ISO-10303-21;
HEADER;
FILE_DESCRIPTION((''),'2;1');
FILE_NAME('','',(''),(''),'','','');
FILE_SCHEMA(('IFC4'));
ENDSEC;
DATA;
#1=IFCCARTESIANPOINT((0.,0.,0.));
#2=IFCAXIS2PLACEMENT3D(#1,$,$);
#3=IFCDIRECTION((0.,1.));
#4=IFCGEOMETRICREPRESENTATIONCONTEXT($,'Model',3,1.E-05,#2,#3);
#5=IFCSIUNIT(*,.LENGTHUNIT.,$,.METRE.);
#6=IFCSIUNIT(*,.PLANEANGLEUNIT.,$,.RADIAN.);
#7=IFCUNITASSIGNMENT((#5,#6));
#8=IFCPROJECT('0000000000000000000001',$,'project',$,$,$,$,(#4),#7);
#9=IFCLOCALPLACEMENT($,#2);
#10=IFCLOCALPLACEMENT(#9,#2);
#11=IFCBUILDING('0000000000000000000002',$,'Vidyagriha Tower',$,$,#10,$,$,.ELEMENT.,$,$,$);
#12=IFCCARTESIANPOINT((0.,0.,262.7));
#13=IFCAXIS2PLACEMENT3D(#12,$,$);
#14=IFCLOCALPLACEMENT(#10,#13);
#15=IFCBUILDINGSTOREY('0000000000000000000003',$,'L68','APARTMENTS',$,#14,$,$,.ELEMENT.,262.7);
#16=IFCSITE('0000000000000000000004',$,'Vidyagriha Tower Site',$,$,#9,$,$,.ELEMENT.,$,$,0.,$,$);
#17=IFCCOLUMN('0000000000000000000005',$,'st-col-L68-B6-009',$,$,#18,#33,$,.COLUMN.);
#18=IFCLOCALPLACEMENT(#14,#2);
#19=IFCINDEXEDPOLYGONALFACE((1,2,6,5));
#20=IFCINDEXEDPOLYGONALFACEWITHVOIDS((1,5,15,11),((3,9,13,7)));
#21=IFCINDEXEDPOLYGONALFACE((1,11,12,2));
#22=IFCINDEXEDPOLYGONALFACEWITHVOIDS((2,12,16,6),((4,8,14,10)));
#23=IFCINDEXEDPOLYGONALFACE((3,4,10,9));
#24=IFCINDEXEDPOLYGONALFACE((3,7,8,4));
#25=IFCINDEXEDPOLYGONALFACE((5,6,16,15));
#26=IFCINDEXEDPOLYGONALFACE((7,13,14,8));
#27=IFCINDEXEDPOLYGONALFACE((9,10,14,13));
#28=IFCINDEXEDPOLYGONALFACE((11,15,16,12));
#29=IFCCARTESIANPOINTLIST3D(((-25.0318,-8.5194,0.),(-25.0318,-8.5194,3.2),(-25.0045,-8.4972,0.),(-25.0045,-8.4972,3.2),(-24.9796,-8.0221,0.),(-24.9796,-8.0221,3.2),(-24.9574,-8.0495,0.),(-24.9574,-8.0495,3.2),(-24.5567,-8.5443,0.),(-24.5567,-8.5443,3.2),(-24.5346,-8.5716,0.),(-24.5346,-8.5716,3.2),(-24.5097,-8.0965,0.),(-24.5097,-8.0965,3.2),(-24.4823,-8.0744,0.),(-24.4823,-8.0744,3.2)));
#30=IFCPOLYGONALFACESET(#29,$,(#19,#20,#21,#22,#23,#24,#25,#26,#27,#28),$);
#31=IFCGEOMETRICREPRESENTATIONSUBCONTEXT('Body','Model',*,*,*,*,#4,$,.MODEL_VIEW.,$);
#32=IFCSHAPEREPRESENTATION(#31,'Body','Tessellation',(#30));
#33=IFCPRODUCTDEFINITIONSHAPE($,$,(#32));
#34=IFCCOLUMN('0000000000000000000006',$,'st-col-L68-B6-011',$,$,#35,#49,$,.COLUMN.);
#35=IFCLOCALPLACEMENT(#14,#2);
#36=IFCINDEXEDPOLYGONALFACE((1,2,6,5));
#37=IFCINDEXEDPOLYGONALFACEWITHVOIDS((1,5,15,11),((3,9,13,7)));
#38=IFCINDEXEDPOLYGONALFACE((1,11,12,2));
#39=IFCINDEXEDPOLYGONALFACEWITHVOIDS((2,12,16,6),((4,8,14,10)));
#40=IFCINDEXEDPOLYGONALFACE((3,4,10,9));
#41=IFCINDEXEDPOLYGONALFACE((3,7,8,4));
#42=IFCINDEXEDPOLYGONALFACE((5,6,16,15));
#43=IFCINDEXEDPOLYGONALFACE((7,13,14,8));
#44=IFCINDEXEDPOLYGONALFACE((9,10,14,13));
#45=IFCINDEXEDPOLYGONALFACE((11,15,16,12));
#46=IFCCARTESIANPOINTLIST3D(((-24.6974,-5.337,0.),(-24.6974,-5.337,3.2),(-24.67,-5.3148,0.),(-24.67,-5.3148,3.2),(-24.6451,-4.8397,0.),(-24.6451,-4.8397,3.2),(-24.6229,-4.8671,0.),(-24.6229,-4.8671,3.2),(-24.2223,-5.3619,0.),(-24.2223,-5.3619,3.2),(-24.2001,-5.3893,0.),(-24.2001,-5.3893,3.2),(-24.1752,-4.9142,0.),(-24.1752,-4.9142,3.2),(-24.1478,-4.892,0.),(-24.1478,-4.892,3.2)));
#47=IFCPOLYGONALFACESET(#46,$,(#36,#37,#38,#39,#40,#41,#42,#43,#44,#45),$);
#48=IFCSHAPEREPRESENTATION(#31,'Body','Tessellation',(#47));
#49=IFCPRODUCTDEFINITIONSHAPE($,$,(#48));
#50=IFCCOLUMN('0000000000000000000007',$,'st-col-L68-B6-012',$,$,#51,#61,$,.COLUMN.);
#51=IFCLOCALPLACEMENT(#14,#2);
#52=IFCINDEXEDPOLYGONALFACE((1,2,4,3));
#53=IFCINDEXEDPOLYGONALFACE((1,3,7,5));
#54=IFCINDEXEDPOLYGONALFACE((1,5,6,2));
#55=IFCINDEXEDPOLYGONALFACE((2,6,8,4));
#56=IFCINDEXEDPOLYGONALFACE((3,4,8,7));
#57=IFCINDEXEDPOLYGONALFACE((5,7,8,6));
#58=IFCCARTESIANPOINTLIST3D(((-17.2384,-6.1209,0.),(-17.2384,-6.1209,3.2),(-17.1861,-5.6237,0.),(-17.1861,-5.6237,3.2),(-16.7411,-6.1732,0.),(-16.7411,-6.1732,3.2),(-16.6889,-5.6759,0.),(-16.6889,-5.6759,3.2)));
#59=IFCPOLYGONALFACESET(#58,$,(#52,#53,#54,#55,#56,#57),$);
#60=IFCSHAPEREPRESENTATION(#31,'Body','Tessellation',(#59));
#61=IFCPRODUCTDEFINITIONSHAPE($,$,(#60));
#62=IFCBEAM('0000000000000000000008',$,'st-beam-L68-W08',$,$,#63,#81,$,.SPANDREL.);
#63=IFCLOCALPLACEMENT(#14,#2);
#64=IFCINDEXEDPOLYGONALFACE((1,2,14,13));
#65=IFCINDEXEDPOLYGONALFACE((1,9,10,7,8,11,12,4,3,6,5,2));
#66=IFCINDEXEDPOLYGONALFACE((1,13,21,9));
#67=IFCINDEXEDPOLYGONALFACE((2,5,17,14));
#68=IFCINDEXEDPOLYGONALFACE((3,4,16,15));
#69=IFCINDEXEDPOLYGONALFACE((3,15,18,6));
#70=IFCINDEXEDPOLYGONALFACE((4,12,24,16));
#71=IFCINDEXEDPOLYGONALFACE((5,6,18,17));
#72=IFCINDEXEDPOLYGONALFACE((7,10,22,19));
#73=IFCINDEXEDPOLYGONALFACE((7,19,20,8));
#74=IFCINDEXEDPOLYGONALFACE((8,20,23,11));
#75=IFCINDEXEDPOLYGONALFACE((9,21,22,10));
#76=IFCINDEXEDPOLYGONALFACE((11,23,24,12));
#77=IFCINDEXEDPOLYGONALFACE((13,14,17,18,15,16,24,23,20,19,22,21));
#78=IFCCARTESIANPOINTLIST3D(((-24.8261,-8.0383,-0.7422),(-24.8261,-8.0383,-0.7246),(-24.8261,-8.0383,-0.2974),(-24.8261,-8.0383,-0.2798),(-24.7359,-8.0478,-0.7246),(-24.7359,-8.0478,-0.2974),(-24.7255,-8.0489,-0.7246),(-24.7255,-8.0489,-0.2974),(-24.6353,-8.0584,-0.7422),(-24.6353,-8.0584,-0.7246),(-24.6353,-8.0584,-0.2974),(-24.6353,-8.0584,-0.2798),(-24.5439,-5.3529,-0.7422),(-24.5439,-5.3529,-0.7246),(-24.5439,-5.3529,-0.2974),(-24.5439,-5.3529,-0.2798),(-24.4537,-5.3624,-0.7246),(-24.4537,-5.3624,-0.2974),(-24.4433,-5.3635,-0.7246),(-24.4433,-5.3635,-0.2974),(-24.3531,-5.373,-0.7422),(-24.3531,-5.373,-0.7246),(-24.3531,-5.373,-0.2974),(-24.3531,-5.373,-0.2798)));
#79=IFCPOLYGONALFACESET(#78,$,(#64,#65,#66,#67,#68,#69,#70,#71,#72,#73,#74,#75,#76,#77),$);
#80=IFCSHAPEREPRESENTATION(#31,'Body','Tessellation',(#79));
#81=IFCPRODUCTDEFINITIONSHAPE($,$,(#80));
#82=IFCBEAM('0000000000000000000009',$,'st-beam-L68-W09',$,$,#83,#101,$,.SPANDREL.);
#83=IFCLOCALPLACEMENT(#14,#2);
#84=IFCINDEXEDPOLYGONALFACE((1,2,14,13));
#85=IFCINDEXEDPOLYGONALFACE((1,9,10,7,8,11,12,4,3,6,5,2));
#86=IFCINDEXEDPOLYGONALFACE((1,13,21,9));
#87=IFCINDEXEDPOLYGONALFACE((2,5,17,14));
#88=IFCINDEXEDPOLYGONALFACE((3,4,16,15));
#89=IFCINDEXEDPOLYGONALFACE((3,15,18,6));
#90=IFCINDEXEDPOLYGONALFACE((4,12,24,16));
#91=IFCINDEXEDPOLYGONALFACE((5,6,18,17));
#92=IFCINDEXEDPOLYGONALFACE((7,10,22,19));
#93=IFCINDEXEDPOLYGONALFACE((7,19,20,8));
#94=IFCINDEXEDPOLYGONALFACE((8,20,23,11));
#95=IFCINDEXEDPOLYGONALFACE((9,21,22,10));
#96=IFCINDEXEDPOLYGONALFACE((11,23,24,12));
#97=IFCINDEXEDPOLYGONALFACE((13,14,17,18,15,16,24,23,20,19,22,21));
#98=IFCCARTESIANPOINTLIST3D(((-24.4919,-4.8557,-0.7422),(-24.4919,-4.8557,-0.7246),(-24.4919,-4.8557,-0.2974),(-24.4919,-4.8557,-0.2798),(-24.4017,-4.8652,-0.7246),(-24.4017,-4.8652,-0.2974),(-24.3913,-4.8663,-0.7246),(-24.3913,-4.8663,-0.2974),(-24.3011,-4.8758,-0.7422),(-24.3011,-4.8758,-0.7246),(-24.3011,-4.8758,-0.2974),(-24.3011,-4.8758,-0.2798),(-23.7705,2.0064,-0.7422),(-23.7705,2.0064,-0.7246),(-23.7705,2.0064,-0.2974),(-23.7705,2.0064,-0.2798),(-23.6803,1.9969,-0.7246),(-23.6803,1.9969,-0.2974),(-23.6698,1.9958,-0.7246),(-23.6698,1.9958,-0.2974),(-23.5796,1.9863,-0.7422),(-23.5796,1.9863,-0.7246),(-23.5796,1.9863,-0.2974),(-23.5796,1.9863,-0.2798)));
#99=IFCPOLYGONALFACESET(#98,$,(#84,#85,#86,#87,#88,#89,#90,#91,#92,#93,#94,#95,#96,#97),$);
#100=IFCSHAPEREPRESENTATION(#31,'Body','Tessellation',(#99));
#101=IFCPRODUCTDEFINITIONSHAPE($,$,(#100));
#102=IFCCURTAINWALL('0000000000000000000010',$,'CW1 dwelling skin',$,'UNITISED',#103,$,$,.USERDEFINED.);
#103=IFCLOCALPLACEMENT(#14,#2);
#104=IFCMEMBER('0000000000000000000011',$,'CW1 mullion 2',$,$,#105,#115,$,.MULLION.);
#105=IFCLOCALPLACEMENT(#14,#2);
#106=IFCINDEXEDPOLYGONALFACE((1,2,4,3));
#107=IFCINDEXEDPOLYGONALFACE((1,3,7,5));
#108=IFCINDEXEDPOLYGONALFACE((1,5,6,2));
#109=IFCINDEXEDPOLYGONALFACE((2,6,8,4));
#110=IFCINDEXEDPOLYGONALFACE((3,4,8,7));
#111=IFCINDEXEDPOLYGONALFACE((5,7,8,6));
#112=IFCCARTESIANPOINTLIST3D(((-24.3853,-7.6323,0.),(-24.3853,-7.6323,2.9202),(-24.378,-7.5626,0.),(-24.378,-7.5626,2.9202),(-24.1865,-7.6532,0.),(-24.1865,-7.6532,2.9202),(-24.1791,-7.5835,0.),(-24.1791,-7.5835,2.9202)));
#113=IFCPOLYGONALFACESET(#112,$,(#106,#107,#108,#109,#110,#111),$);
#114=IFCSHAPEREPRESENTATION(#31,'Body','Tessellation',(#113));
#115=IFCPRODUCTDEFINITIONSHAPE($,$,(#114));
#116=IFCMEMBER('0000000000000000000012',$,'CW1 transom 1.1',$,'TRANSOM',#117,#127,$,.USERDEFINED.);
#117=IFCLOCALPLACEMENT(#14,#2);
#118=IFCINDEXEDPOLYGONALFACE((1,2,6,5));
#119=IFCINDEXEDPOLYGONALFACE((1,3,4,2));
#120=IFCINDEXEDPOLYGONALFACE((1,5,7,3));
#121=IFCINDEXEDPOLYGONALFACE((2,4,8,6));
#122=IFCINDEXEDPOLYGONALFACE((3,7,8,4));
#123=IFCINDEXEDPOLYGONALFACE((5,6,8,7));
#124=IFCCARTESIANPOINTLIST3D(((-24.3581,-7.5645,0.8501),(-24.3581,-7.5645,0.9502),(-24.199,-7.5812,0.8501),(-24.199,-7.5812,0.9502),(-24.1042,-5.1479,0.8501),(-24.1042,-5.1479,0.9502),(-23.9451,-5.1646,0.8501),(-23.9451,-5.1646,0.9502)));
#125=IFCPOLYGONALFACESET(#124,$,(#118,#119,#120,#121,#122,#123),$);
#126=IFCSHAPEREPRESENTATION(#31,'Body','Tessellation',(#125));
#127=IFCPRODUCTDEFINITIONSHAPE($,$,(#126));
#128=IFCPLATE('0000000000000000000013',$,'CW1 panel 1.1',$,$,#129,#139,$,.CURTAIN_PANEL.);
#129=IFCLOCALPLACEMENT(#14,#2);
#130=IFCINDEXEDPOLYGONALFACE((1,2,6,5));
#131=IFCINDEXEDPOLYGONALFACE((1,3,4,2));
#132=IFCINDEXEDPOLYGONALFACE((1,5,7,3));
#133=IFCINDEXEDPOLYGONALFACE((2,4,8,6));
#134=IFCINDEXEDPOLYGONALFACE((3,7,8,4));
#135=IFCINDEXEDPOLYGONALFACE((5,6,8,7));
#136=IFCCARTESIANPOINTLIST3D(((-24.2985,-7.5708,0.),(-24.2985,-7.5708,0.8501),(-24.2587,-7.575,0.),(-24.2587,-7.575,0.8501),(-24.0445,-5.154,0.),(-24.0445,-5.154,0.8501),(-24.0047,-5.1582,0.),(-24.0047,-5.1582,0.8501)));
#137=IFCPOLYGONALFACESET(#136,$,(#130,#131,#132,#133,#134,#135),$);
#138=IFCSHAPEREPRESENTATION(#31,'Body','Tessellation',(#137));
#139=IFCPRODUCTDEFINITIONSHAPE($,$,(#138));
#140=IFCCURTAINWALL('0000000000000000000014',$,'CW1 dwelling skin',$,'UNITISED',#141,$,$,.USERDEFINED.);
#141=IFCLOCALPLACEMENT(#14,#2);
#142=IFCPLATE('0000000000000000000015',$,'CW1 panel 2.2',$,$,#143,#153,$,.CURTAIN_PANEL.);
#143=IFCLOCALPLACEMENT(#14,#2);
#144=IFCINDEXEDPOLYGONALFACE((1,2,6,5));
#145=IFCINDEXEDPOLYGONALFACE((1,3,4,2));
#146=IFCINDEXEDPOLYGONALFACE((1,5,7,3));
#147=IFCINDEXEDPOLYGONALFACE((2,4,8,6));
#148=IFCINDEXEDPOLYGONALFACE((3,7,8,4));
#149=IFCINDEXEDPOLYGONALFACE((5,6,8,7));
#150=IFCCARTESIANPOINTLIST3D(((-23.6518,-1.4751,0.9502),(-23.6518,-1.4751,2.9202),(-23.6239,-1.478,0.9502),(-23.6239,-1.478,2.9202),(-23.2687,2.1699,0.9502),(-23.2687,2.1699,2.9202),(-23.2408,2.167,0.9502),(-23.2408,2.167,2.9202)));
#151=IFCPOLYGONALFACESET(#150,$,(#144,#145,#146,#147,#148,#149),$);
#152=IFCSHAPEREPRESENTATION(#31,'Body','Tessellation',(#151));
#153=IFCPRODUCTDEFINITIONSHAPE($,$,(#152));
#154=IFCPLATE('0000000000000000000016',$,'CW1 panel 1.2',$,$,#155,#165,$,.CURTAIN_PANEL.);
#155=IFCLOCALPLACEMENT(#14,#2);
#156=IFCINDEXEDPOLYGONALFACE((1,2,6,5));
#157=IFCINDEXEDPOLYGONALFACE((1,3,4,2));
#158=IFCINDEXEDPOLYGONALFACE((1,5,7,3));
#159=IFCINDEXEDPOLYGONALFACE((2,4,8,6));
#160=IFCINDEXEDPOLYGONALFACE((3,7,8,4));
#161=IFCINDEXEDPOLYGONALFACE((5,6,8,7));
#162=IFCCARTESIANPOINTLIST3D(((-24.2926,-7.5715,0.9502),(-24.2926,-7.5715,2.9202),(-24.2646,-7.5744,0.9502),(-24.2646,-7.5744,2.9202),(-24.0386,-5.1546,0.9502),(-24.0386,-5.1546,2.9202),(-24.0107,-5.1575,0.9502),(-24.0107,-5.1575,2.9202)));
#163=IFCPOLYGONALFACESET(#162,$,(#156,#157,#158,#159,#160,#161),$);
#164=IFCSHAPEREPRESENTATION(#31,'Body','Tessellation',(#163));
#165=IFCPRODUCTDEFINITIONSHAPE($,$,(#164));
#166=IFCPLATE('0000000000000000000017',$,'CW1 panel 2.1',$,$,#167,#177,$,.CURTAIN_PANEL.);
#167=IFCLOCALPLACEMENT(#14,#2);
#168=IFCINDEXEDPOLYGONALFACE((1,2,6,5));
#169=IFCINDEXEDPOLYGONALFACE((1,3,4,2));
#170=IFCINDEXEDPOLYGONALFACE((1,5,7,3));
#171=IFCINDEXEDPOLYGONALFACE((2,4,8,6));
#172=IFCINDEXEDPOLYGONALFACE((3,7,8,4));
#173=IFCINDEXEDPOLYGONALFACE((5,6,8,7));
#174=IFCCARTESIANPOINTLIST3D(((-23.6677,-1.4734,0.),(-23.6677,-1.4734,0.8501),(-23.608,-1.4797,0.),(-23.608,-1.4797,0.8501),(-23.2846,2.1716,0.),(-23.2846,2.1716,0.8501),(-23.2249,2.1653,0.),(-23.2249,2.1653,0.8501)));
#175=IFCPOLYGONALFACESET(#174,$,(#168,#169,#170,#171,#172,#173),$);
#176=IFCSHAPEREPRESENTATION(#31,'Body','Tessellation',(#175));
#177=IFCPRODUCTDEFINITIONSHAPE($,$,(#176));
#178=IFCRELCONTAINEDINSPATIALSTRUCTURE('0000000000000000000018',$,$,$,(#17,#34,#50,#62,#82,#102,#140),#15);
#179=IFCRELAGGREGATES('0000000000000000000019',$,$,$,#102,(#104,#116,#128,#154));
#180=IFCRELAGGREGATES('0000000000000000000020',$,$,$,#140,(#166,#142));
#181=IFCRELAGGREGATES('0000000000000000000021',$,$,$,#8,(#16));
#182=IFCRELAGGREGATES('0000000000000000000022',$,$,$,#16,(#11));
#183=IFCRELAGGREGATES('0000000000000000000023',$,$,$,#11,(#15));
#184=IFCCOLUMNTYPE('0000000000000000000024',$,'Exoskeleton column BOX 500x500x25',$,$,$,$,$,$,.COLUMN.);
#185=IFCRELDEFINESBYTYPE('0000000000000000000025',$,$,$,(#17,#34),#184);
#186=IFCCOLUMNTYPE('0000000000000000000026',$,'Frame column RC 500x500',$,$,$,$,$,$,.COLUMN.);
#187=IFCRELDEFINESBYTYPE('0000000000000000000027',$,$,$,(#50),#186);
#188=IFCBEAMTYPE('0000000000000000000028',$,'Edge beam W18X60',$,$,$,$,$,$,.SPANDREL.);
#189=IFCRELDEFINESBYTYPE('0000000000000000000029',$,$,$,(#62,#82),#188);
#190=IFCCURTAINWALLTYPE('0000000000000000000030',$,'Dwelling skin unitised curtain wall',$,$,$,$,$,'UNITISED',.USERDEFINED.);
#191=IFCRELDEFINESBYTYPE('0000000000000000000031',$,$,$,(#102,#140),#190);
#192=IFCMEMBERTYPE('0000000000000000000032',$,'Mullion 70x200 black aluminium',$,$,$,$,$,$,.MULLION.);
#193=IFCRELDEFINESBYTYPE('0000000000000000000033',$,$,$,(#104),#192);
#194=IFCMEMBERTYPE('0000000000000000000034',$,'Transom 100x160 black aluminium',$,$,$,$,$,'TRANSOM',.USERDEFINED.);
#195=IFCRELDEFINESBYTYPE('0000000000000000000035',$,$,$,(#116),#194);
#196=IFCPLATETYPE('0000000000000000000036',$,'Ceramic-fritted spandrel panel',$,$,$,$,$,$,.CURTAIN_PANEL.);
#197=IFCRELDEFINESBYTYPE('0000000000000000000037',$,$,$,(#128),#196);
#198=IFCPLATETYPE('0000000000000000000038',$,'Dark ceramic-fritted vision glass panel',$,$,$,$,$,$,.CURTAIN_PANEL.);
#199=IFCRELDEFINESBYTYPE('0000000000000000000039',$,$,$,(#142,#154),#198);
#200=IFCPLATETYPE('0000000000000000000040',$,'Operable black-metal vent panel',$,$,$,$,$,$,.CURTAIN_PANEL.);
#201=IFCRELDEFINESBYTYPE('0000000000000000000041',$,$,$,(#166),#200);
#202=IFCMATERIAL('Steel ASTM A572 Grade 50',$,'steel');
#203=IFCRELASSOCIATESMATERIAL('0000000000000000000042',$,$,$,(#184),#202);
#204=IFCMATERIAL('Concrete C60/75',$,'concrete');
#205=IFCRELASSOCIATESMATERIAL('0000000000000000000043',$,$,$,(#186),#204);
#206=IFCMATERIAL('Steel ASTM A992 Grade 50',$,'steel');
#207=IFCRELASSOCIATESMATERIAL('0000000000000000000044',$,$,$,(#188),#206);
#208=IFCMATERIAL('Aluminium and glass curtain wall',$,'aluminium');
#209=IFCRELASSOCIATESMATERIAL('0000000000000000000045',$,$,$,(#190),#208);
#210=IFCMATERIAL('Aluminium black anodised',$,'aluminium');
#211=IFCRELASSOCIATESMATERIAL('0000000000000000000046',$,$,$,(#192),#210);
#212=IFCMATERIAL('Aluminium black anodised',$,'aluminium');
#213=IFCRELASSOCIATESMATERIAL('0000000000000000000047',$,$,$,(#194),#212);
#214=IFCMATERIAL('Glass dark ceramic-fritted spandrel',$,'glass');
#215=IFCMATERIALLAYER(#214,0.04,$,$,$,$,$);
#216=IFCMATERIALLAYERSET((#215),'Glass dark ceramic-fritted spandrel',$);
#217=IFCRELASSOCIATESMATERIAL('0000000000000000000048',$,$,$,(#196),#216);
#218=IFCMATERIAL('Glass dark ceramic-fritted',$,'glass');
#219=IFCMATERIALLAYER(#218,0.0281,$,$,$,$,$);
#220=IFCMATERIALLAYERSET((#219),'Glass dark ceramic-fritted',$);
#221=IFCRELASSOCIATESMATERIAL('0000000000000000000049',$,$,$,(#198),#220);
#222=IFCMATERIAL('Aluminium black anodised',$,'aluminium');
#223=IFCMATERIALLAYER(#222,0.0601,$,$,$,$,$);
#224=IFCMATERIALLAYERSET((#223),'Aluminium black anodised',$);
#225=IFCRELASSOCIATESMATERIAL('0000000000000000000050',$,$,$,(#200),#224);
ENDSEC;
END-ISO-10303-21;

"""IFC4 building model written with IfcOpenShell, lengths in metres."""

from ifc_helpers import new_model, si_unit, direction, frame, origin, origin_2d, place, context, subcontext, project, spatial, rectangle, hollow_rectangle, i_section, extrude, material, layer, layer_set, material_profile, profile_set, type_object, element, aggregate, save


model = new_model("IFC4")

# Units and contexts
model_context = context("Model", 3, precision=1e-05, world=origin(), true_north=direction((0.0, 1.0)))
body_context = subcontext(model_context, "Body", "Model", "MODEL_VIEW")
ifc_project = project(units=[si_unit("LENGTHUNIT", "METRE"), si_unit("PLANEANGLEUNIT", "RADIAN")], contexts=[model_context])

# Site, building, storey
site_placement = place(None, origin())
site = spatial("IfcSite", under=ifc_project, at=site_placement, Name="Vidyagriha Tower Site", CompositionType="ELEMENT", RefElevation=0.0)
building_placement = place(site_placement, origin())
building = spatial("IfcBuilding", under=site, at=building_placement, Name="Vidyagriha Tower", CompositionType="ELEMENT")
storey_placement = place(building_placement, frame((0.0, 0.0, 262.7)))
storey = spatial("IfcBuildingStorey", under=building, at=storey_placement, Name="L68", Description="APARTMENTS", CompositionType="ELEMENT", Elevation=262.7)

# Columns
ifc_material_1 = material(Name="Steel ASTM A572 Grade 50", Category="steel")
ifc_material_profile_1 = material_profile(ifc_material_1, hollow_rectangle(XDim=0.5, YDim=0.5, WallThickness=0.0249, at=origin_2d()), Name="BOX 500x500x25")
ifc_profile_set_1 = profile_set([ifc_material_profile_1], Name="Steel ASTM A572 Grade 50")
column_type_1 = type_object("IfcColumnType", Name="Exoskeleton column BOX 500x500x25", PredefinedType="COLUMN", material=ifc_profile_set_1)
for number, where, z_axis, x_axis, name in (
    (1, (-24.7571, -8.2969, 0.0), (0.0, 0.0, 1.0), (0.994522, -0.104528, 0.0), "st-col-L68-B6-009"),
    (2, (-24.4226, -5.1145, 0.0), (0.0, 0.0, 1.0), (0.994522, -0.104528, 0.0), "st-col-L68-B6-011"),
):
    element("IfcColumn", number, at=place(storey_placement, frame(where, z_axis=z_axis, x_axis=x_axis)), inside=storey, type_object=column_type_1, Name=name, PredefinedType="COLUMN", context=body_context, shape_type="SweptSolid", body=[
        extrude(hollow_rectangle(XDim=0.5, YDim=0.5, WallThickness=0.0249, at=origin_2d()), origin(), (0.0, 0.0, 1.0), 3.2),
    ])
ifc_material_2 = material(Name="Concrete C60/75", Category="concrete")
ifc_material_profile_2 = material_profile(ifc_material_2, rectangle(XDim=0.5, YDim=0.5, at=origin_2d()), Name="RC 500x500")
ifc_profile_set_2 = profile_set([ifc_material_profile_2], Name="Concrete C60/75")
column_type_2 = type_object("IfcColumnType", Name="Frame column RC 500x500", PredefinedType="COLUMN", material=ifc_profile_set_2)
column_placement = place(storey_placement, frame((-16.9636, -5.8984, 0.0), z_axis=(0.0, 0.0, 1.0), x_axis=(0.994522, -0.104528, 0.0)))
element("IfcColumn", 3, at=column_placement, inside=storey, type_object=column_type_2, Name="st-col-L68-B6-012", PredefinedType="COLUMN", context=body_context, shape_type="SweptSolid", body=[
    extrude(rectangle(XDim=0.5, YDim=0.5, at=origin_2d()), origin(), (0.0, 0.0, 1.0), 3.2),
])

# Beams
ifc_material_3 = material(Name="Steel ASTM A992 Grade 50", Category="steel")
ifc_material_profile_3 = material_profile(ifc_material_3, i_section(OverallWidth=0.1919, OverallDepth=0.4624, WebThickness=0.0105, FlangeThickness=0.0176, at=origin_2d()), Name="W18X60")
ifc_profile_set_3 = profile_set([ifc_material_profile_3], Name="Steel ASTM A992 Grade 50")
beam_type = type_object("IfcBeamType", Name="Edge beam W18X60", PredefinedType="SPANDREL", material=ifc_profile_set_3)
beam_1_placement = place(storey_placement, frame((-24.7307, -8.0483, -0.511), z_axis=(0.104525, 0.994522, 0.0), x_axis=(-0.994522, 0.104525, 0.0)))
element("IfcBeam", 4, at=beam_1_placement, inside=storey, type_object=beam_type, Name="st-beam-L68-W08", PredefinedType="SPANDREL", context=body_context, shape_type="SweptSolid", body=[
    extrude(i_section(OverallWidth=0.1919, OverallDepth=0.4624, WebThickness=0.0105, FlangeThickness=0.0176, at=origin_2d()), origin(), (0.0, 0.0, 1.0), 2.7002),
])
beam_2_placement = place(storey_placement, frame((-24.3965, -4.8657, -0.511), z_axis=(0.104558, 0.994519, 0.0), x_axis=(-0.994519, 0.104558, 0.0)))
element("IfcBeam", 5, at=beam_2_placement, inside=storey, type_object=beam_type, Name="st-beam-L68-W09", PredefinedType="SPANDREL", context=body_context, shape_type="SweptSolid", body=[
    extrude(i_section(OverallWidth=0.1919, OverallDepth=0.4624, WebThickness=0.0105, FlangeThickness=0.0176, at=origin_2d()), origin(), (0.0, 0.0, 1.0), 6.8999),
])

# Curtain wall, members, plate
ifc_material_4 = material(Name="Aluminium and glass curtain wall", Category="aluminium")
curtain_wall_type = type_object("IfcCurtainWallType", Name="Dwelling skin unitised curtain wall", ElementType="UNITISED", PredefinedType="USERDEFINED", material=ifc_material_4)
curtain_wall_1_placement = place(storey_placement, origin())
curtain_wall_1 = element("IfcCurtainWall", 6, at=curtain_wall_1_placement, inside=storey, type_object=curtain_wall_type, Name="CW1 dwelling skin", ObjectType="UNITISED", PredefinedType="USERDEFINED")
ifc_material_5 = material(Name="Aluminium black anodised", Category="aluminium")
ifc_material_profile_4 = material_profile(ifc_material_5, rectangle(XDim=0.2, YDim=0.0701, at=origin_2d()), Name="Mullion 70x200 black aluminium")
ifc_profile_set_4 = profile_set([ifc_material_profile_4], Name="Aluminium black anodised")
member_type_1 = type_object("IfcMemberType", Name="Mullion 70x200 black aluminium", PredefinedType="MULLION", material=ifc_profile_set_4)
member_1_placement = place(storey_placement, frame((-24.2822, -7.6079, 0.0), z_axis=(0.0, 0.0, 1.0), x_axis=(0.994523, -0.104516, 0.0)))
member_1 = element("IfcMember", 7, at=member_1_placement, type_object=member_type_1, Name="CW1 mullion 2", PredefinedType="MULLION", context=body_context, shape_type="SweptSolid", body=[
    extrude(rectangle(XDim=0.2, YDim=0.0701, at=origin_2d()), origin(), (0.0, 0.0, 1.0), 2.9202),
])
ifc_material_6 = material(Name="Aluminium black anodised", Category="aluminium")
ifc_material_profile_5 = material_profile(ifc_material_6, rectangle(XDim=0.1599, YDim=0.1001, at=origin_2d()), Name="Transom 100x160 black aluminium")
ifc_profile_set_5 = profile_set([ifc_material_profile_5], Name="Aluminium black anodised")
member_type_2 = type_object("IfcMemberType", Name="Transom 100x160 black aluminium", ElementType="TRANSOM", PredefinedType="USERDEFINED", material=ifc_profile_set_5)
member_2_placement = place(storey_placement, frame((-24.0247, -5.1562, 0.9001), z_axis=(-0.104486, -0.994526, 0.0), x_axis=(0.994526, -0.104486, 0.0)))
member_2 = element("IfcMember", 8, at=member_2_placement, type_object=member_type_2, Name="CW1 transom 1.1", ObjectType="TRANSOM", PredefinedType="USERDEFINED", context=body_context, shape_type="SweptSolid", body=[
    extrude(rectangle(XDim=0.1599, YDim=0.1001, at=origin_2d()), origin(), (0.0, 0.0, 1.0), 2.4299),
])
ifc_material_7 = material(Name="Glass dark ceramic-fritted spandrel", Category="glass")
ifc_layer_1 = layer(ifc_material_7, 0.04)
ifc_layer_set_1 = layer_set([ifc_layer_1], Name="Glass dark ceramic-fritted spandrel")
plate_type_1 = type_object("IfcPlateType", Name="Ceramic-fritted spandrel panel", PredefinedType="CURTAIN_PANEL", material=ifc_layer_set_1)
plate_1_placement = place(storey_placement, frame((-24.1516, -6.3645, 0.0), z_axis=(0.0, 0.0, 1.0), x_axis=(-0.104516, -0.994523, 0.0)))
plate_1 = element("IfcPlate", 9, at=plate_1_placement, type_object=plate_type_1, Name="CW1 panel 1.1", PredefinedType="CURTAIN_PANEL", context=body_context, shape_type="SweptSolid", body=[
    extrude(rectangle(XDim=2.4302, YDim=0.04, at=origin_2d()), origin(), (0.0, 0.0, 1.0), 0.8501),
])

# Curtain wall, plate
curtain_wall_2_placement = place(storey_placement, origin())
curtain_wall_2 = element("IfcCurtainWall", 10, at=curtain_wall_2_placement, inside=storey, type_object=curtain_wall_type, Name="CW1 dwelling skin", ObjectType="UNITISED", PredefinedType="USERDEFINED")
ifc_material_8 = material(Name="Glass dark ceramic-fritted", Category="glass")
ifc_layer_2 = layer(ifc_material_8, 0.0281)
ifc_layer_set_2 = layer_set([ifc_layer_2], Name="Glass dark ceramic-fritted")
plate_type_2 = type_object("IfcPlateType", Name="Dark ceramic-fritted vision glass panel", PredefinedType="CURTAIN_PANEL", material=ifc_layer_set_2)
plate_2_placement = place(storey_placement, frame((-23.4463, 0.3459, 0.9502), z_axis=(0.0, 0.0, 1.0), x_axis=(-0.104533, -0.994521, 0.0)))
plate_2 = element("IfcPlate", 11, at=plate_2_placement, type_object=plate_type_2, Name="CW1 panel 2.2", PredefinedType="CURTAIN_PANEL", context=body_context, shape_type="SweptSolid", body=[
    extrude(rectangle(XDim=3.665, YDim=0.0281, at=origin_2d()), origin(), (0.0, 0.0, 1.0), 1.97),
])

# Plates
plate_3_placement = place(storey_placement, frame((-24.1516, -6.3645, 0.9502), z_axis=(0.0, 0.0, 1.0), x_axis=(-0.104516, -0.994523, 0.0)))
plate_3 = element("IfcPlate", 12, at=plate_3_placement, type_object=plate_type_2, Name="CW1 panel 1.2", PredefinedType="CURTAIN_PANEL", context=body_context, shape_type="SweptSolid", body=[
    extrude(rectangle(XDim=2.4302, YDim=0.0281, at=origin_2d()), origin(), (0.0, 0.0, 1.0), 1.97),
])
aggregate(curtain_wall_1, [member_1, member_2, plate_1, plate_3])
ifc_material_9 = material(Name="Aluminium black anodised", Category="aluminium")
ifc_layer_3 = layer(ifc_material_9, 0.0601)
ifc_layer_set_3 = layer_set([ifc_layer_3], Name="Aluminium black anodised")
plate_type_3 = type_object("IfcPlateType", Name="Operable black-metal vent panel", PredefinedType="CURTAIN_PANEL", material=ifc_layer_set_3)
plate_4_placement = place(storey_placement, frame((-23.4463, 0.3459, 0.0), z_axis=(0.0, 0.0, 1.0), x_axis=(-0.104533, -0.994521, 0.0)))
plate_4 = element("IfcPlate", 13, at=plate_4_placement, type_object=plate_type_3, Name="CW1 panel 2.1", PredefinedType="CURTAIN_PANEL", context=body_context, shape_type="SweptSolid", body=[
    extrude(rectangle(XDim=3.665, YDim=0.0601, at=origin_2d()), origin(), (0.0, 0.0, 1.0), 0.8501),
])
aggregate(curtain_wall_2, [plate_4, plate_2])

save(model, "model.ifc")
